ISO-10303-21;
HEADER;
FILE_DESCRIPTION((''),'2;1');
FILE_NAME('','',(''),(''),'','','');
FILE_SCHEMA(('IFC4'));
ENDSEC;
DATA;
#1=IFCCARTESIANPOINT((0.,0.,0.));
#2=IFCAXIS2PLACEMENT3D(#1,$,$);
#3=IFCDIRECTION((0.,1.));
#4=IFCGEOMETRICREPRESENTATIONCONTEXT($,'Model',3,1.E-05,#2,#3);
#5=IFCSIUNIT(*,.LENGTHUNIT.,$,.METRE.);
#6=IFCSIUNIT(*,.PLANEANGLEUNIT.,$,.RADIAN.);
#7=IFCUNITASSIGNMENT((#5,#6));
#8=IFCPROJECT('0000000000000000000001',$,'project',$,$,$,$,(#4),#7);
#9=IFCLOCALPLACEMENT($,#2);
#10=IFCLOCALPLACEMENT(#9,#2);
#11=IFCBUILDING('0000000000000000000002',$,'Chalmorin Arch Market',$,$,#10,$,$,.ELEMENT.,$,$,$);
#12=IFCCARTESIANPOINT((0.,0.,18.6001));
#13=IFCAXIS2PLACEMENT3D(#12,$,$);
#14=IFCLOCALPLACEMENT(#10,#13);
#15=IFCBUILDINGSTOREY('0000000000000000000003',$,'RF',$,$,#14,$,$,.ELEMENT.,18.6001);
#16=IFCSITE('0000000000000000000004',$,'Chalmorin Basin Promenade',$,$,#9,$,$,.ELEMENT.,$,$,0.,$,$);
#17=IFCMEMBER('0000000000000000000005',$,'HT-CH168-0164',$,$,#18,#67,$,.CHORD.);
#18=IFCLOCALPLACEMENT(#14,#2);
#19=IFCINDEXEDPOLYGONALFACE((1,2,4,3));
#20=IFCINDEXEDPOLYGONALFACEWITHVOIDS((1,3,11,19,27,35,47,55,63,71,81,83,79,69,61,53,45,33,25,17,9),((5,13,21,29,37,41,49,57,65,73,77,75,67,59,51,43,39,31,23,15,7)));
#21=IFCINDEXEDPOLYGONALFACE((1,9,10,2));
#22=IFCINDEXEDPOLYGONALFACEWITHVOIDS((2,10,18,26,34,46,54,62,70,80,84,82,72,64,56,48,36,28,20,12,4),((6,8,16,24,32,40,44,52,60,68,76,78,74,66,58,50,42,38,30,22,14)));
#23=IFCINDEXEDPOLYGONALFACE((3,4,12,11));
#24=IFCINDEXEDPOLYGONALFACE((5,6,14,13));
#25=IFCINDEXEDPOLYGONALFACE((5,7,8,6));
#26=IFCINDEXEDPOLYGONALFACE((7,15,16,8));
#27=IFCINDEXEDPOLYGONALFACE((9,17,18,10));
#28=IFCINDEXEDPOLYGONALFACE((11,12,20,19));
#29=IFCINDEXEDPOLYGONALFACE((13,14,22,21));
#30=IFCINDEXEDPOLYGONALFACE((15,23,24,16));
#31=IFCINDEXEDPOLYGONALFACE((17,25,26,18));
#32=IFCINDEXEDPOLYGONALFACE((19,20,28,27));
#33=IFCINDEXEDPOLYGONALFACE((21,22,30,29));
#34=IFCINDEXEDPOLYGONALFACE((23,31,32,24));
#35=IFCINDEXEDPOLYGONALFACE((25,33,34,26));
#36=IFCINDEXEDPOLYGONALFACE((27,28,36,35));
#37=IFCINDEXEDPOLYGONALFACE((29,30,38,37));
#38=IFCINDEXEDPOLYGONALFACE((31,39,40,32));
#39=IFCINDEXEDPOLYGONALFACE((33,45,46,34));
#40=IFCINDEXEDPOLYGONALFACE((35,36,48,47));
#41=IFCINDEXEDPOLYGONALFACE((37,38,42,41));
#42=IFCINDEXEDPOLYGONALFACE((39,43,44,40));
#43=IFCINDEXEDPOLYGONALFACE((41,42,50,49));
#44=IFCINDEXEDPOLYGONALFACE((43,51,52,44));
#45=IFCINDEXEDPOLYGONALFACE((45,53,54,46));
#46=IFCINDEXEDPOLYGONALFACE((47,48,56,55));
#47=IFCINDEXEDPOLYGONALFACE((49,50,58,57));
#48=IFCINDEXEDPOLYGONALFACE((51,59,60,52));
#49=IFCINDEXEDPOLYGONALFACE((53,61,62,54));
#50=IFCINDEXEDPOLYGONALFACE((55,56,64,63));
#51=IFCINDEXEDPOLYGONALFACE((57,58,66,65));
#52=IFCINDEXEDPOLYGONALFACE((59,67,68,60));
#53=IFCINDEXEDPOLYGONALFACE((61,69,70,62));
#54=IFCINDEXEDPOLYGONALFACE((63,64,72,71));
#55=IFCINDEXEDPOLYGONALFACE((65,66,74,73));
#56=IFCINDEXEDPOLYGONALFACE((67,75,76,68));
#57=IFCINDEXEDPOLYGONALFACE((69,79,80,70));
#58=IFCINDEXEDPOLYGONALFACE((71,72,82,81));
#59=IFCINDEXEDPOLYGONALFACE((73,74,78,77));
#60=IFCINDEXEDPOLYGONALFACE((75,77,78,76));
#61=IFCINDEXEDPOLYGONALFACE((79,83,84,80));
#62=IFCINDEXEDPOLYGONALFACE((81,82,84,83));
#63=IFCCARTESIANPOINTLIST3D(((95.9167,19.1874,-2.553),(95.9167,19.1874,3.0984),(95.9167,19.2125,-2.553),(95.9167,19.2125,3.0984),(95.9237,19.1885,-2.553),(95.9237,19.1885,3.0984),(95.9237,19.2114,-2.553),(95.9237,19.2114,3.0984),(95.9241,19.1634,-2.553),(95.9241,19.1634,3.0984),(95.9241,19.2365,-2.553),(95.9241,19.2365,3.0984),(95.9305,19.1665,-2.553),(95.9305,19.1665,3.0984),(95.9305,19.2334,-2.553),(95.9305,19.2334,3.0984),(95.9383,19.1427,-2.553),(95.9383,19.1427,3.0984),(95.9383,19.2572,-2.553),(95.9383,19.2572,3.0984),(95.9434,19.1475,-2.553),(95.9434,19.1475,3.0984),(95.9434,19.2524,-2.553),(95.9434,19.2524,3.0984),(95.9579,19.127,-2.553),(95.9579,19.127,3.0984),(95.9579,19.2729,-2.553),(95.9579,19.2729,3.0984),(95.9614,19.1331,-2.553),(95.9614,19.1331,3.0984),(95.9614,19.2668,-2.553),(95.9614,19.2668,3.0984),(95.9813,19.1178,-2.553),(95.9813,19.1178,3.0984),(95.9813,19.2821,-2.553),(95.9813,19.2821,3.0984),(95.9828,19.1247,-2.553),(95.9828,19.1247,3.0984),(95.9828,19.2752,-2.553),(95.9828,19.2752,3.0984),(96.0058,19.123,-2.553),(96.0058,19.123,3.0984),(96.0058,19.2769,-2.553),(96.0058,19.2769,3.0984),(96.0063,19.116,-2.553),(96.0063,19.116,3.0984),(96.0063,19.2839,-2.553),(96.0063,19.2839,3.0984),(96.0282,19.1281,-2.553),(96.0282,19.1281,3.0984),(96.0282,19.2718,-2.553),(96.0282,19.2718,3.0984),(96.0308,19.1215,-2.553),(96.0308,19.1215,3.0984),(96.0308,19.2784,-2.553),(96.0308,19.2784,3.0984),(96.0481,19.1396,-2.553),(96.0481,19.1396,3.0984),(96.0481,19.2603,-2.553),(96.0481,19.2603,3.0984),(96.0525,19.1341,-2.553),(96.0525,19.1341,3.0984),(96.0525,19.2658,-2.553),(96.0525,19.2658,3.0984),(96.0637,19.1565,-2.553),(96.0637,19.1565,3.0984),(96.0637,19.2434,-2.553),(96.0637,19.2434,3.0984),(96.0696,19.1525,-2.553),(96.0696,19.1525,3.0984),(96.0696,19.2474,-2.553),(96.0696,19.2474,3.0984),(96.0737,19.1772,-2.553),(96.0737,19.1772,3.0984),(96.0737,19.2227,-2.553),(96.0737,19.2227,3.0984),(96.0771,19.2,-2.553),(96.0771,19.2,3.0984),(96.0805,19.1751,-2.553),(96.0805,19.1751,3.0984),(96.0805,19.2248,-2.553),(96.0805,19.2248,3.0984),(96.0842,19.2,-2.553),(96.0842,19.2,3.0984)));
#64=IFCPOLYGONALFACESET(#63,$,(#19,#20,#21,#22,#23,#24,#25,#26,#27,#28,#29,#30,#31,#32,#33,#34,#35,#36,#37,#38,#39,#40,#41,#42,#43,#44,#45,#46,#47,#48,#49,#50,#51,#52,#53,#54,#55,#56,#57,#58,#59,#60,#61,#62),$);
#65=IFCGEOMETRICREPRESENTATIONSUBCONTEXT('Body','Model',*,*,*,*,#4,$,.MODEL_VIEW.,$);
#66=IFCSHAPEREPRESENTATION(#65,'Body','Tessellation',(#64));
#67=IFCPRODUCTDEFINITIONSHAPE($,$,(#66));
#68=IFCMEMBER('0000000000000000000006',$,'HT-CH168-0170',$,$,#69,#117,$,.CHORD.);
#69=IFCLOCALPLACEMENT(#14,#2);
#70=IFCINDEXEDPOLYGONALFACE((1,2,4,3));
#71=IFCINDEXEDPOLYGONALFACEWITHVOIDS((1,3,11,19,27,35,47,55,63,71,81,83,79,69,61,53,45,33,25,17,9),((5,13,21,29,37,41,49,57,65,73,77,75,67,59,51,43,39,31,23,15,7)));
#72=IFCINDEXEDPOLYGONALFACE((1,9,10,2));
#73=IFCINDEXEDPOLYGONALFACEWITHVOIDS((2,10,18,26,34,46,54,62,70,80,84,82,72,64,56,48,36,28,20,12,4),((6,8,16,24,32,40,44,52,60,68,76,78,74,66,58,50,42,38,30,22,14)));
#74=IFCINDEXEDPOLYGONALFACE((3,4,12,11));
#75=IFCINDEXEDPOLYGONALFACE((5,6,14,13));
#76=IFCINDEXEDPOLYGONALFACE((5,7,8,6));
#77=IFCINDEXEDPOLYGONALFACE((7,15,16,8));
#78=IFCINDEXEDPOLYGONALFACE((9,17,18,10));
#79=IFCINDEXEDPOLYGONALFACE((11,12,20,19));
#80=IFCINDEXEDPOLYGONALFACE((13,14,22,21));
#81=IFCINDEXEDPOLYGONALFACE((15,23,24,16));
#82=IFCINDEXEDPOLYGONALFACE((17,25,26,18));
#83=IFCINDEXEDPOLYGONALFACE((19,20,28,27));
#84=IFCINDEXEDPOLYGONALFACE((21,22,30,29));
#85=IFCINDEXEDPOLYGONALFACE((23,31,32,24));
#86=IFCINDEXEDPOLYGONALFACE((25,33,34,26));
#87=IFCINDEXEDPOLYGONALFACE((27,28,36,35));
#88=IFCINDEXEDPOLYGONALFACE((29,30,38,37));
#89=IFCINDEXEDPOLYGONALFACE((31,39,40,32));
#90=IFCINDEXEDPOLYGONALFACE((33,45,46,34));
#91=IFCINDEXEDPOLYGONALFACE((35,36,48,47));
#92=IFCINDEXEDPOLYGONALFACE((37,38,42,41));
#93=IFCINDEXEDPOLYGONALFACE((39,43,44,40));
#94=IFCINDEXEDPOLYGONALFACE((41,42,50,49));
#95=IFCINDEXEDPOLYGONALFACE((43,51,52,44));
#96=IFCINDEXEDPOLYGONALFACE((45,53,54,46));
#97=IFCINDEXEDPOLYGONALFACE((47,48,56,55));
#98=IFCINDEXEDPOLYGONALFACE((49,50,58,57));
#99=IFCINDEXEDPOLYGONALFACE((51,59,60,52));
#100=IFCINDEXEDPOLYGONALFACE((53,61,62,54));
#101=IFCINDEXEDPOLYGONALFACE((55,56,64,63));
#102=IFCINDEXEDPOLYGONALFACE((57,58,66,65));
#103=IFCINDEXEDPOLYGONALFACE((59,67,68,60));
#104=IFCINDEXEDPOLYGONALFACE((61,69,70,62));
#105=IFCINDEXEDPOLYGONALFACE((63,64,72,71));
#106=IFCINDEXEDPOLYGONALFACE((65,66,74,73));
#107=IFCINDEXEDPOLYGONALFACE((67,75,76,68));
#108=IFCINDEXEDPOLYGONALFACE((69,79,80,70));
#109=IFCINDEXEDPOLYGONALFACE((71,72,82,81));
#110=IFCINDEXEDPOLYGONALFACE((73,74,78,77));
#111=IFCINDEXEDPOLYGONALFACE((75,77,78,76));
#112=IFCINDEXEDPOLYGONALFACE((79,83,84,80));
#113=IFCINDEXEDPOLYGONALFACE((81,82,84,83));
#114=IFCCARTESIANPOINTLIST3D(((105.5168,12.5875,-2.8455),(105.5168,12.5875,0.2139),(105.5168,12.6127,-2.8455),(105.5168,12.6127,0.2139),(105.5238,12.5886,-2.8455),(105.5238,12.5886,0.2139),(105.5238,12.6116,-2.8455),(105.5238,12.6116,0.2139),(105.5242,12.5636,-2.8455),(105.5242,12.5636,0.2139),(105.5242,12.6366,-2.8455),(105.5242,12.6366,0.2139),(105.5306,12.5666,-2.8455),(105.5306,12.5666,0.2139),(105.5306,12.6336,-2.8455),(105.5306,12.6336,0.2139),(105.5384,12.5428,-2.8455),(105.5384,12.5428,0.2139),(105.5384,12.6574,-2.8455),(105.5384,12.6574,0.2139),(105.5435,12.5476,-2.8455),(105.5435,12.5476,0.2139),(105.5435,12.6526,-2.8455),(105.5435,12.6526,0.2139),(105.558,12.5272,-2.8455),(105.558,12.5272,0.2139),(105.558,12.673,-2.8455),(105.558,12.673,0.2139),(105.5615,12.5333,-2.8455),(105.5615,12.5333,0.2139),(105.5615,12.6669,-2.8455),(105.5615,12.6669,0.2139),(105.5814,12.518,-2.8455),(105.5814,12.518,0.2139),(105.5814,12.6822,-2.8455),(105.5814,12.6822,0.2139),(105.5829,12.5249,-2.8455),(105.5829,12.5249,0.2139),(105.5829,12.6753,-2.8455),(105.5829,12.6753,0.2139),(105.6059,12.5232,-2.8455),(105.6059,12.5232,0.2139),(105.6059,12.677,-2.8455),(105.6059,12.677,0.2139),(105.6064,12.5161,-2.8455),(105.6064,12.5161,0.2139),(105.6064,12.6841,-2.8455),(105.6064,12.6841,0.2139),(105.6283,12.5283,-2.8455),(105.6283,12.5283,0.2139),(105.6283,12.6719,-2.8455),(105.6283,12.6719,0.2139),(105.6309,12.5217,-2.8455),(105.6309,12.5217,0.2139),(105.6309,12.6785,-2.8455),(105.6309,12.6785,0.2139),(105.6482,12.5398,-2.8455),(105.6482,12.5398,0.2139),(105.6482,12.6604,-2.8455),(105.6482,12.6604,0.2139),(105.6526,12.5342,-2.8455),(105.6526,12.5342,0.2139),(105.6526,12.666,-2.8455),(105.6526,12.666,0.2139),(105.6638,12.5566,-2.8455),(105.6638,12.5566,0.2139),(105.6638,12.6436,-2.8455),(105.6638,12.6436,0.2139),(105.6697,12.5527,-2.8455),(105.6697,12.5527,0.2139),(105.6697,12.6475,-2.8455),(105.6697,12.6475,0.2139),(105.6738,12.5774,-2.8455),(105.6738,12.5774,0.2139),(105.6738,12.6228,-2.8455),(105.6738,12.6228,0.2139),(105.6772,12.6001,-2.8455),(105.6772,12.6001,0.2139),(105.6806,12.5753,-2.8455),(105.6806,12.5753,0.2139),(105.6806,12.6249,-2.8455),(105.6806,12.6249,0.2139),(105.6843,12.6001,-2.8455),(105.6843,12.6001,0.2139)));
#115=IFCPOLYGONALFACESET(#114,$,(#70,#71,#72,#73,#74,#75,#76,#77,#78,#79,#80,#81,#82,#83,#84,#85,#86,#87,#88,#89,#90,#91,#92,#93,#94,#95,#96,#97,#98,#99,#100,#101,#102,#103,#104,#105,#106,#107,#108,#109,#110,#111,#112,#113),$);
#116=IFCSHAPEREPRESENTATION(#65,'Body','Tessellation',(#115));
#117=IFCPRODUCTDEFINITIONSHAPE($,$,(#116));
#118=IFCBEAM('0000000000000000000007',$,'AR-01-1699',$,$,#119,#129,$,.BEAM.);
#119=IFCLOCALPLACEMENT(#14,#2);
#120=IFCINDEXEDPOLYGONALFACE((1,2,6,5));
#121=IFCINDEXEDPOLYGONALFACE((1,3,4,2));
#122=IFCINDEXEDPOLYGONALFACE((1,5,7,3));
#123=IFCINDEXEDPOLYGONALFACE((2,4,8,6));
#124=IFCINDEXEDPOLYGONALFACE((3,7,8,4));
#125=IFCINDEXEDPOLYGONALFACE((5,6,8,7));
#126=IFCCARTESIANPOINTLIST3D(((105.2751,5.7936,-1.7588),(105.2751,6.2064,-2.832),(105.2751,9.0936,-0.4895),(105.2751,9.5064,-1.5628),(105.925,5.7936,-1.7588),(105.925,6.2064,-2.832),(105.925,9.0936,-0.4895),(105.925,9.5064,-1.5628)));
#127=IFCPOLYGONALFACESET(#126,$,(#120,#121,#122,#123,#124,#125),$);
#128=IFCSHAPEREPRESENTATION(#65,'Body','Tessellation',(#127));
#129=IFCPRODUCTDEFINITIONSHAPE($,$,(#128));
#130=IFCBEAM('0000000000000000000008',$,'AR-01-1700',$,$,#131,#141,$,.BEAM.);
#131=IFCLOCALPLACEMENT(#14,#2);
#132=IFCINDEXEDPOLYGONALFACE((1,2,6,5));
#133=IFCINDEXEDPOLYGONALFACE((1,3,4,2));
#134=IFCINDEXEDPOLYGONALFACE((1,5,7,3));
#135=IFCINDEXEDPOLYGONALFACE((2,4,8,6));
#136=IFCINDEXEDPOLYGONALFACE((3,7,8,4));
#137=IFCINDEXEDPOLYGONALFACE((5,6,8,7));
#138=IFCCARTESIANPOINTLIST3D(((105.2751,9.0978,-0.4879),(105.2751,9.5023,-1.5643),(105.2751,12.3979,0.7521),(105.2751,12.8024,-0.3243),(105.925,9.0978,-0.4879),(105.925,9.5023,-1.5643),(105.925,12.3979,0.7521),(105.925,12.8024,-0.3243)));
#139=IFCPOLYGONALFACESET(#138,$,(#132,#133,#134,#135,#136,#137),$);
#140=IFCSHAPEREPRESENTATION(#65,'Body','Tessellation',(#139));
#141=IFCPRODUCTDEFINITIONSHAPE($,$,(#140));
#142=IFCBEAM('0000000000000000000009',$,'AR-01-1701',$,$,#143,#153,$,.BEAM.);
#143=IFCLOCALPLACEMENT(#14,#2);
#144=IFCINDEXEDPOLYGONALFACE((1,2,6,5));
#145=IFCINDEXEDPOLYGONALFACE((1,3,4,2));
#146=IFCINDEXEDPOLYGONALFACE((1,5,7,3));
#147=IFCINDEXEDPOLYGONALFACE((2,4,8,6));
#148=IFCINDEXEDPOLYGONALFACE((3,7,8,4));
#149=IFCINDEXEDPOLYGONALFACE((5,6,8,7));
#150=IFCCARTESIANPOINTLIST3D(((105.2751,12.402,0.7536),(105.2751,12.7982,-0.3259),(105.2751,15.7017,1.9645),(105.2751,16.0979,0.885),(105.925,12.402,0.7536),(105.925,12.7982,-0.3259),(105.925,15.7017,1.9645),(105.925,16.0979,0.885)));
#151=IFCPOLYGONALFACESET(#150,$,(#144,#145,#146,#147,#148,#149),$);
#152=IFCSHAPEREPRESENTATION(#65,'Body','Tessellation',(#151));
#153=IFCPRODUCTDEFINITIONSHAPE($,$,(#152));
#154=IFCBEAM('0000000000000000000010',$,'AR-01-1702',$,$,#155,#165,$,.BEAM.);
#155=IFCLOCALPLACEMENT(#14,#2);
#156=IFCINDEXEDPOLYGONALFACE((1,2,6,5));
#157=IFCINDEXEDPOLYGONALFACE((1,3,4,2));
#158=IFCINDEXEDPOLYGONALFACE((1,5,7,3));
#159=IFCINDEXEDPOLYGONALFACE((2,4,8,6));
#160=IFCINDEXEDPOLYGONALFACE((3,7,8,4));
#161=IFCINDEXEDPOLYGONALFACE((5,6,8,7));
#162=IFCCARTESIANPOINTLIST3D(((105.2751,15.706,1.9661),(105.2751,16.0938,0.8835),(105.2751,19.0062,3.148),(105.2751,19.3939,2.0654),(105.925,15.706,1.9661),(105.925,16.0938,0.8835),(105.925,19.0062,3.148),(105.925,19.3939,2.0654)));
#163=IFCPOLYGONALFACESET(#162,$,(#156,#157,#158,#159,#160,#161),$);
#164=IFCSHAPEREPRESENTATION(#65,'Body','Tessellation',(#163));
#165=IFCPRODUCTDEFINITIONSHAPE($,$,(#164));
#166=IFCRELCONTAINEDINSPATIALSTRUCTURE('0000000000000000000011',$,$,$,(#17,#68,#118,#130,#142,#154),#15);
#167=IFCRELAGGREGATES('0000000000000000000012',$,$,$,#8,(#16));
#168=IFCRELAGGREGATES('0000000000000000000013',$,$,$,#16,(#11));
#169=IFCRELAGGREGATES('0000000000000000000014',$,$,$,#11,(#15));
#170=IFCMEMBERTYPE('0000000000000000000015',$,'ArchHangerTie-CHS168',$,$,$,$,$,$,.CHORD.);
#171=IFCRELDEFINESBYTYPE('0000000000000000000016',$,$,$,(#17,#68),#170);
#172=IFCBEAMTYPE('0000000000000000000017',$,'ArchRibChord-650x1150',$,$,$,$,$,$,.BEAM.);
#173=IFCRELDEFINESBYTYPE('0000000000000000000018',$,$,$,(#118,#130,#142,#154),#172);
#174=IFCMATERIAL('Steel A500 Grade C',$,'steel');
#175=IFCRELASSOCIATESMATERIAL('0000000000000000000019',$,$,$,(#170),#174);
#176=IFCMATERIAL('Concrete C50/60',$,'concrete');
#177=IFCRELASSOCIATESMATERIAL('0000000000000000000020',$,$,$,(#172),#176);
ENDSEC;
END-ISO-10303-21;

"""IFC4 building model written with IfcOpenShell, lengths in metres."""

from ifc_helpers import new_model, si_unit, direction, frame, origin, origin_2d, place, context, subcontext, project, spatial, rectangle, hollow_circle, extrude, material, material_profile, profile_set, type_object, element, save


model = new_model("IFC4")

# Units and contexts
model_context = context("Model", 3, precision=1e-05, world=origin(), true_north=direction((0.0, 1.0)))
body_context = subcontext(model_context, "Body", "Model", "MODEL_VIEW")
ifc_project = project(units=[si_unit("LENGTHUNIT", "METRE"), si_unit("PLANEANGLEUNIT", "RADIAN")], contexts=[model_context])

# Site, building, storey
site_placement = place(None, origin())
site = spatial("IfcSite", under=ifc_project, at=site_placement, Name="Chalmorin Basin Promenade", CompositionType="ELEMENT", RefElevation=0.0)
building_placement = place(site_placement, origin())
building = spatial("IfcBuilding", under=site, at=building_placement, Name="Chalmorin Arch Market", CompositionType="ELEMENT")
storey_placement = place(building_placement, frame((0.0, 0.0, 18.6001)))
storey = spatial("IfcBuildingStorey", under=building, at=storey_placement, Name="RF", CompositionType="ELEMENT", Elevation=18.6001)

# Members
ifc_material_1 = material(Name="Steel A500 Grade C", Category="steel")
ifc_material_profile_1 = material_profile(ifc_material_1, hollow_circle(Radius=0.0842, WallThickness=0.0071, at=origin_2d()), Name="CHS168X7")
ifc_profile_set_1 = profile_set([ifc_material_profile_1], Name="Steel A500 Grade C")
member_type_1 = type_object("IfcMemberType", Name="ArchHangerTie-CHS168", PredefinedType="CHORD", material=ifc_profile_set_1)
member_1_placement = place(storey_placement, frame((96.0, 19.2, -2.553), z_axis=(0.0, 0.0, 1.0), x_axis=(1.0, 0.0, 0.0)))
element("IfcMember", 1, at=member_1_placement, inside=storey, type_object=member_type_1, Name="HT-CH168-0164", PredefinedType="CHORD", context=body_context, shape_type="SweptSolid", body=[
    extrude(hollow_circle(Radius=0.0842, WallThickness=0.0071, at=origin_2d()), origin(), (0.0, 0.0, 1.0), 5.6514),
])
member_2_placement = place(storey_placement, frame((105.6001, 12.6001, -2.8455), z_axis=(0.0, 0.0, 1.0), x_axis=(1.0, 0.0, 0.0)))
element("IfcMember", 2, at=member_2_placement, inside=storey, type_object=member_type_1, Name="HT-CH168-0170", PredefinedType="CHORD", context=body_context, shape_type="SweptSolid", body=[
    extrude(hollow_circle(Radius=0.0842, WallThickness=0.0071, at=origin_2d()), origin(), (0.0, 0.0, 1.0), 3.0593),
])

# Beams
ifc_material_2 = material(Name="Concrete C50/60", Category="concrete")
ifc_material_profile_2 = material_profile(ifc_material_2, rectangle(XDim=0.6499, YDim=1.1499, at=origin_2d()), Name="RC650X1150")
ifc_profile_set_2 = profile_set([ifc_material_profile_2], Name="Concrete C50/60")
beam_type = type_object("IfcBeamType", Name="ArchRibChord-650x1150", PredefinedType="BEAM", material=ifc_profile_set_2)
beam_1_placement = place(storey_placement, frame((105.6001, 6.0, -2.2954), z_axis=(0.0, 0.933342, 0.358988), x_axis=(-1.0, 0.0, 0.0)))
element("IfcBeam", 3, at=beam_1_placement, inside=storey, type_object=beam_type, Name="AR-01-1699", PredefinedType="BEAM", context=body_context, shape_type="SweptSolid", body=[
    extrude(rectangle(XDim=0.6499, YDim=1.1499, at=origin_2d()), origin(), (0.0, 0.0, 1.0), 3.5356),
])
beam_2_placement = place(storey_placement, frame((105.6001, 9.3, -1.0261), z_axis=(0.0, 0.936098, 0.351738), x_axis=(-1.0, 0.0, 0.0)))
element("IfcBeam", 4, at=beam_2_placement, inside=storey, type_object=beam_type, Name="AR-01-1700", PredefinedType="BEAM", context=body_context, shape_type="SweptSolid", body=[
    extrude(rectangle(XDim=0.6499, YDim=1.1499, at=origin_2d()), origin(), (0.0, 0.0, 1.0), 3.5254),
])
beam_3_placement = place(storey_placement, frame((105.6001, 12.6001, 0.2139), z_axis=(0.0, 0.938783, 0.344508), x_axis=(-1.0, 0.0, 0.0)))
element("IfcBeam", 5, at=beam_3_placement, inside=storey, type_object=beam_type, Name="AR-01-1701", PredefinedType="BEAM", context=body_context, shape_type="SweptSolid", body=[
    extrude(rectangle(XDim=0.6499, YDim=1.1499, at=origin_2d()), origin(), (0.0, 0.0, 1.0), 3.5149),
])
beam_4_placement = place(storey_placement, frame((105.6001, 15.8999, 1.4248), z_axis=(0.0, 0.941444, 0.33717), x_axis=(-1.0, 0.0, 0.0)))
element("IfcBeam", 6, at=beam_4_placement, inside=storey, type_object=beam_type, Name="AR-01-1702", PredefinedType="BEAM", context=body_context, shape_type="SweptSolid", body=[
    extrude(rectangle(XDim=0.6499, YDim=1.1499, at=origin_2d()), origin(), (0.0, 0.0, 1.0), 3.5054),
])

save(model, "model.ifc")
